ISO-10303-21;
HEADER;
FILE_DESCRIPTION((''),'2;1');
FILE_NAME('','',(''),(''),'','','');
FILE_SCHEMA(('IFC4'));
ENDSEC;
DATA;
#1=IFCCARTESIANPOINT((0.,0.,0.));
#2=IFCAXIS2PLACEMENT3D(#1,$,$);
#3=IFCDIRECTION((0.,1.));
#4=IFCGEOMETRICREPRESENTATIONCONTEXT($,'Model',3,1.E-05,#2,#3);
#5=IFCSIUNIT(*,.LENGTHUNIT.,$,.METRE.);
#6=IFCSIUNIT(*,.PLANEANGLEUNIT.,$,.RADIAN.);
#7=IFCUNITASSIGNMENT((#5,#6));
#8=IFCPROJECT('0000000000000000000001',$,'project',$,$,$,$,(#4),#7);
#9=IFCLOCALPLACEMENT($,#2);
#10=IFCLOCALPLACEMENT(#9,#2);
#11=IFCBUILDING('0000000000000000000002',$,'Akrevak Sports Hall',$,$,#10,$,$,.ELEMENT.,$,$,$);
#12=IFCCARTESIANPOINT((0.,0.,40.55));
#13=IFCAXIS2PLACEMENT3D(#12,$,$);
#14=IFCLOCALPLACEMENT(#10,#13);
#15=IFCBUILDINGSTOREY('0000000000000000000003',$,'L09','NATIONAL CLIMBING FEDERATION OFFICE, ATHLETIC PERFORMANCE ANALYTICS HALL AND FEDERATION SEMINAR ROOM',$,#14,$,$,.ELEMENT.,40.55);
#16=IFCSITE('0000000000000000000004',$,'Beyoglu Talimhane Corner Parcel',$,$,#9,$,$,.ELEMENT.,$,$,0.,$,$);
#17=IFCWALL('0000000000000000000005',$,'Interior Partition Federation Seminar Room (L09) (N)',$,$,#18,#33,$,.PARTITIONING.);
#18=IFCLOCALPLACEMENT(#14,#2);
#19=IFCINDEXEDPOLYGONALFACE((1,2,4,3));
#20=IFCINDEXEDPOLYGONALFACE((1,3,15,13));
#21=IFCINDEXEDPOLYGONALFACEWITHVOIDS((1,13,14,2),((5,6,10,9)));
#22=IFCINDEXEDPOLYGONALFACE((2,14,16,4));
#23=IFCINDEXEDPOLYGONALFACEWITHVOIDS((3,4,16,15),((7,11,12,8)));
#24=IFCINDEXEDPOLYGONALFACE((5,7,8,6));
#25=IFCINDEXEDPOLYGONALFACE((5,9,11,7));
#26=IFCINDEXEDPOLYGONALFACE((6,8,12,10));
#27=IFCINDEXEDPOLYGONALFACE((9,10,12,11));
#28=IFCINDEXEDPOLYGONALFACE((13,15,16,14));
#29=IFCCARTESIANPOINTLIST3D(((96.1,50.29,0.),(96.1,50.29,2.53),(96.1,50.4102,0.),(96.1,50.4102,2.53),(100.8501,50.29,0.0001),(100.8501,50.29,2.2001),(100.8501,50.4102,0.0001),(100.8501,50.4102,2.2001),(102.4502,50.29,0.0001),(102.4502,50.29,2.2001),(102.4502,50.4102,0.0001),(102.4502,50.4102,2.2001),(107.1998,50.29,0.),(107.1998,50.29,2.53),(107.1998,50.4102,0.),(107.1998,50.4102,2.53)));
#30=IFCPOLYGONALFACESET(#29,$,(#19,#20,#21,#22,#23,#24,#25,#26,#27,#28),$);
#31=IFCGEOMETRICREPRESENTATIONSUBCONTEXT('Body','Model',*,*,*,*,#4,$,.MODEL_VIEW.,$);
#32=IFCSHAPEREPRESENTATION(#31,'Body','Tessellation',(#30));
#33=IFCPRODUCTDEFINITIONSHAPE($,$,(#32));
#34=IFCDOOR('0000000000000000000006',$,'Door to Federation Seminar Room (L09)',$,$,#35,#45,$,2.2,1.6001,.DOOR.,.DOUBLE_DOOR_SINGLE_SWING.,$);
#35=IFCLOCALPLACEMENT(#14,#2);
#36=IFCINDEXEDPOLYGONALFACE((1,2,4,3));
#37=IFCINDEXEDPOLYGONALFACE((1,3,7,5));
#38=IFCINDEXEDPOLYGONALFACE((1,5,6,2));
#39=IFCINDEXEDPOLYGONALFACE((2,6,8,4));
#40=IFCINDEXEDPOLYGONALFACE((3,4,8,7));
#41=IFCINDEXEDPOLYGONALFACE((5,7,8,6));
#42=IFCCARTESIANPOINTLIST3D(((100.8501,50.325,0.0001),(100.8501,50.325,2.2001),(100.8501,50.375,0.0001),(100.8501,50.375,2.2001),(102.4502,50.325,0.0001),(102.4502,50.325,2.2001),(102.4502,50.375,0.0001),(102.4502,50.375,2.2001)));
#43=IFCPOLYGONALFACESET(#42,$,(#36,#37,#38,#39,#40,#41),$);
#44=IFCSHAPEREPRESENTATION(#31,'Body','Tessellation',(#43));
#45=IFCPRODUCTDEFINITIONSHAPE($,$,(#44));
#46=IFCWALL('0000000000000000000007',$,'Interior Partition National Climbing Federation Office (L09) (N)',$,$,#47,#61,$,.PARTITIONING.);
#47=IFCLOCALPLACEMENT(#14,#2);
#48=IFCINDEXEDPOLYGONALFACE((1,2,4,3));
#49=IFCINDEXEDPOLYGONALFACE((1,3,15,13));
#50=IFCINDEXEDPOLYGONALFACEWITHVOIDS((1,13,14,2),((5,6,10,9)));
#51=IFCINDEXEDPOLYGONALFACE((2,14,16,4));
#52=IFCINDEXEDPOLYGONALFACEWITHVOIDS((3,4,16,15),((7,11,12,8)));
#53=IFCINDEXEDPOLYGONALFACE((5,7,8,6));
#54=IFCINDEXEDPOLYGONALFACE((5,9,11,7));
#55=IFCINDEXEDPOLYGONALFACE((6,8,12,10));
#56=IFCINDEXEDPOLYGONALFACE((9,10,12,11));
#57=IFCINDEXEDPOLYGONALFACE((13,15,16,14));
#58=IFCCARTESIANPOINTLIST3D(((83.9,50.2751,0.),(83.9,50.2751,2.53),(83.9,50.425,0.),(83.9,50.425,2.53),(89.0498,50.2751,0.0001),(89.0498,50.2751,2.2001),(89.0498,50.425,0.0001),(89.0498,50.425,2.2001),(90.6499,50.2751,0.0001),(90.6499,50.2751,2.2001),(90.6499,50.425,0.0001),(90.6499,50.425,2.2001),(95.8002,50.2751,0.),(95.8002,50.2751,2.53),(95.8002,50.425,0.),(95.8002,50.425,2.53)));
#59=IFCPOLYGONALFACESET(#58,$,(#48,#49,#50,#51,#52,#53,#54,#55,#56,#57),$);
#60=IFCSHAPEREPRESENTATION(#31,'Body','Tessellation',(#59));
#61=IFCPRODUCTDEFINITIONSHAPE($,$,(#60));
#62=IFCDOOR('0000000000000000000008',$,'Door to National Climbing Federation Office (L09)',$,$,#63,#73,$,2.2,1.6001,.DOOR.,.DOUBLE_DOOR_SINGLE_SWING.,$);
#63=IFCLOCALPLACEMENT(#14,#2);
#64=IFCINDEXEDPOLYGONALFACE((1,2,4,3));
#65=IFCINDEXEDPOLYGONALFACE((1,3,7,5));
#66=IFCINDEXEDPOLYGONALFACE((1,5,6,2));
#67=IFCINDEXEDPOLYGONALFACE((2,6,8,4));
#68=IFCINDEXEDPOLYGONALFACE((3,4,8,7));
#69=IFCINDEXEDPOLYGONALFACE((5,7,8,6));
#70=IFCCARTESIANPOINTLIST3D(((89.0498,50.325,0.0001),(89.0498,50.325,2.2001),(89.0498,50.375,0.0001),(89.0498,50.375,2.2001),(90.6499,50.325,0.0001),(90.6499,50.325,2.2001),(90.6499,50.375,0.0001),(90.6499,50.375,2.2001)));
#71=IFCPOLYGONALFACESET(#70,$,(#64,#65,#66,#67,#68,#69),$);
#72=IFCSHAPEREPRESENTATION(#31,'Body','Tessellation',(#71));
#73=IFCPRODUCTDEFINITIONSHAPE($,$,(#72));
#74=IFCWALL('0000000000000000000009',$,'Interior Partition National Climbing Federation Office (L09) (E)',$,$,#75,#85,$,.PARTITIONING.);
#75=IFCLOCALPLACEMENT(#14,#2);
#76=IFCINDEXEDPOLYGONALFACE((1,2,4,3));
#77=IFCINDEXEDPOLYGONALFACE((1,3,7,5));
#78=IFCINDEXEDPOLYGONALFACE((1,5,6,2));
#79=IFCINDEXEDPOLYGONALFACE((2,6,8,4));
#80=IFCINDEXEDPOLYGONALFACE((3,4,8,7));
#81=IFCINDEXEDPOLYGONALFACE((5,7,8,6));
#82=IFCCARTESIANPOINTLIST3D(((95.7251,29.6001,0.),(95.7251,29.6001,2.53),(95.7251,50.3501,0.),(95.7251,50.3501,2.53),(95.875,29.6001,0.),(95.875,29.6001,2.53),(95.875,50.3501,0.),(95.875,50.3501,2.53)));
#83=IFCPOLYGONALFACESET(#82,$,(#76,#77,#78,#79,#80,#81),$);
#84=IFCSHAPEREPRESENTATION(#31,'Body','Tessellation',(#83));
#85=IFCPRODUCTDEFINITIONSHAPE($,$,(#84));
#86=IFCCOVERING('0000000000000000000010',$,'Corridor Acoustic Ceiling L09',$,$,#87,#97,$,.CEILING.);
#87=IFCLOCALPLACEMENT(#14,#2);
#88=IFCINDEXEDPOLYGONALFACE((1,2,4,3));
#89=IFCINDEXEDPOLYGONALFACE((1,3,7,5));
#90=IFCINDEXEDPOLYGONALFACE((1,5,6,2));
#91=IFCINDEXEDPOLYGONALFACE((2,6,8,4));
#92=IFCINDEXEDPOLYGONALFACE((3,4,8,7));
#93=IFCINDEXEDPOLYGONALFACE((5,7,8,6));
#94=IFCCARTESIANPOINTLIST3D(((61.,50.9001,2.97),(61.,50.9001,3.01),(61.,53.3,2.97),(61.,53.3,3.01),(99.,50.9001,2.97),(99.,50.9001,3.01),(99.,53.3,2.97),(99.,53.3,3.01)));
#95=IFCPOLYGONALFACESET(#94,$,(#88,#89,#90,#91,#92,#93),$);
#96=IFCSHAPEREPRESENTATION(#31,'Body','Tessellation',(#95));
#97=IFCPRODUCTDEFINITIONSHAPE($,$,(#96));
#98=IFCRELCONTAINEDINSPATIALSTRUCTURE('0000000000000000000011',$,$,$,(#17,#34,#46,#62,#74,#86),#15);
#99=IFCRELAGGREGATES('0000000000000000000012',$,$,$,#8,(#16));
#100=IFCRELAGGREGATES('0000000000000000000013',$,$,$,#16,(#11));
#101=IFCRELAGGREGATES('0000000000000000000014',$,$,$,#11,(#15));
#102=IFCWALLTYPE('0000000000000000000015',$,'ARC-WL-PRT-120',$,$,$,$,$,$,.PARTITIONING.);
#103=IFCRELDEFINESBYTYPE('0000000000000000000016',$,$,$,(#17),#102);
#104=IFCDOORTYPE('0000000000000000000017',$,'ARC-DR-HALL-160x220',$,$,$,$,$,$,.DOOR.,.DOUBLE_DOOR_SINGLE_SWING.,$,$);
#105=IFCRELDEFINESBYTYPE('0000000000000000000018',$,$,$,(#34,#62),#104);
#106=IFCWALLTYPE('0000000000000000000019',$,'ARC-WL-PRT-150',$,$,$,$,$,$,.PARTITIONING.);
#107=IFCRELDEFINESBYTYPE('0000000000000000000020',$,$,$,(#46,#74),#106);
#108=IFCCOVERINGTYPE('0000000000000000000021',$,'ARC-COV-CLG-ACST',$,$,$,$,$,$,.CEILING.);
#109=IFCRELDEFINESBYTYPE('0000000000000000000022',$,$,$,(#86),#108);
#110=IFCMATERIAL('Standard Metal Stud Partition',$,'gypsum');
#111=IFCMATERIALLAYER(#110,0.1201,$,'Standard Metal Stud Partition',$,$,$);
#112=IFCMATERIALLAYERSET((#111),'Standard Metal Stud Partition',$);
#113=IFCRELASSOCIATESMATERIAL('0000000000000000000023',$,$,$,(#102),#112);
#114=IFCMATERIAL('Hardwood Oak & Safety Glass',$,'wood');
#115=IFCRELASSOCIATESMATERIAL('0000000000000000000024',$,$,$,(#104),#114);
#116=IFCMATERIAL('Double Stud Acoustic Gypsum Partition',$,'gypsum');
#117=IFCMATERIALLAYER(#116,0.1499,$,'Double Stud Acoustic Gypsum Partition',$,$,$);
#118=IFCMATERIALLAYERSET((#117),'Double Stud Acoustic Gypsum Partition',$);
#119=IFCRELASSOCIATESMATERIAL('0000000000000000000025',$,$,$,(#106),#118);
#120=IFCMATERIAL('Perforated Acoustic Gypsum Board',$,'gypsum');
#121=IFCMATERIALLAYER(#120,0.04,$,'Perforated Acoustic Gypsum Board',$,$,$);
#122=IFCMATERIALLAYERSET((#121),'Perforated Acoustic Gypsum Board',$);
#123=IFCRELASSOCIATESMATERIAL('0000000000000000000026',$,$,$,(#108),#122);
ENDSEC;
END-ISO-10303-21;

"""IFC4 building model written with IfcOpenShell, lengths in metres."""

from ifc_helpers import new_model, si_unit, direction, frame, frame_2d, origin, origin_2d, place, context, subcontext, project, spatial, rectangle, extrude, material, layer, layer_set, type_object, element, fill, save


model = new_model("IFC4")

# Units and contexts
model_context = context("Model", 3, precision=1e-05, world=origin(), true_north=direction((0.0, 1.0)))
body_context = subcontext(model_context, "Body", "Model", "MODEL_VIEW")
ifc_project = project(units=[si_unit("LENGTHUNIT", "METRE"), si_unit("PLANEANGLEUNIT", "RADIAN")], contexts=[model_context])

# Site, building, storey
site_placement = place(None, origin())
site = spatial("IfcSite", under=ifc_project, at=site_placement, Name="Beyoglu Talimhane Corner Parcel", CompositionType="ELEMENT", RefElevation=0.0)
building_placement = place(site_placement, origin())
building = spatial("IfcBuilding", under=site, at=building_placement, Name="Akrevak Sports Hall", CompositionType="ELEMENT")
storey_placement = place(building_placement, frame((0.0, 0.0, 40.55)))
storey = spatial("IfcBuildingStorey", under=building, at=storey_placement, Name="L09", Description="NATIONAL CLIMBING FEDERATION OFFICE, ATHLETIC PERFORMANCE ANALYTICS HALL AND FEDERATION SEMINAR ROOM", CompositionType="ELEMENT", Elevation=40.55)

# Walls, openings, doors
ifc_material_1 = material(Name="Standard Metal Stud Partition", Category="gypsum")
ifc_layer_1 = layer(ifc_material_1, 0.1201, Name="Standard Metal Stud Partition")
ifc_layer_set_1 = layer_set([ifc_layer_1], Name="Standard Metal Stud Partition")
wall_type_1 = type_object("IfcWallType", Name="ARC-WL-PRT-120", PredefinedType="PARTITIONING", material=ifc_layer_set_1)
wall_1_placement = place(storey_placement, frame((96.1001, 50.3501, 0.0), z_axis=(0.0, 0.0, 1.0), x_axis=(1.0, 0.0, 0.0)))
wall_1 = element("IfcWall", 1, at=wall_1_placement, inside=storey, type_object=wall_type_1, Name="Interior Partition Federation Seminar Room (L09) (N)", PredefinedType="PARTITIONING", context=body_context, shape_type="SweptSolid", body=[
    extrude(rectangle(XDim=11.0999, YDim=0.1201, at=frame_2d((5.5498, 0.0))), origin(), (0.0, 0.0, 1.0), 2.53),
])
opening_1_placement = place(wall_1_placement, frame((4.75, 0.0, 0.0)))
opening_1 = element("IfcOpeningElement", 2, at=opening_1_placement, cuts=wall_1, PredefinedType="OPENING", context=body_context, shape_type="SweptSolid", body=[
    extrude(rectangle(XDim=1.6001, YDim=2.2, at=frame_2d((0.8, 1.1001))), frame((0.0, 0.072, 0.0), z_axis=(0.0, -1.0, 0.0), x_axis=(1.0, 0.0, 0.0)), (0.0, 0.0, 1.0), 0.144),
])
ifc_material_2 = material(Name="Hardwood Oak & Safety Glass", Category="wood")
door_type_1 = type_object("IfcDoorType", Name="ARC-DR-HALL-160x220", OperationType="DOUBLE_DOOR_SINGLE_SWING", PredefinedType="DOOR", material=ifc_material_2)
door_1_placement = place(opening_1_placement, origin())
door_1 = element("IfcDoor", 3, at=door_1_placement, inside=storey, type_object=door_type_1, Name="Door to Federation Seminar Room (L09)", OperationType="DOUBLE_DOOR_SINGLE_SWING", OverallHeight=2.2, OverallWidth=1.6001, PredefinedType="DOOR", context=body_context, shape_type="SweptSolid", body=[
    extrude(rectangle(XDim=1.6001, YDim=2.2, at=frame_2d((0.8, 1.1001))), frame((0.0, 0.0249, 0.0), z_axis=(0.0, -1.0, 0.0), x_axis=(1.0, 0.0, 0.0)), (0.0, 0.0, 1.0), 0.05),
])
fill(opening_1, door_1)
ifc_material_3 = material(Name="Double Stud Acoustic Gypsum Partition", Category="gypsum")
ifc_layer_2 = layer(ifc_material_3, 0.1499, Name="Double Stud Acoustic Gypsum Partition")
ifc_layer_set_2 = layer_set([ifc_layer_2], Name="Double Stud Acoustic Gypsum Partition")
wall_type_2 = type_object("IfcWallType", Name="ARC-WL-PRT-150", PredefinedType="PARTITIONING", material=ifc_layer_set_2)
wall_2_placement = place(storey_placement, frame((83.8999, 50.3501, 0.0), z_axis=(0.0, 0.0, 1.0), x_axis=(1.0, 0.0, 0.0)))
wall_2 = element("IfcWall", 4, at=wall_2_placement, inside=storey, type_object=wall_type_2, Name="Interior Partition National Climbing Federation Office (L09) (N)", PredefinedType="PARTITIONING", context=body_context, shape_type="SweptSolid", body=[
    extrude(rectangle(XDim=11.9001, YDim=0.1499, at=frame_2d((5.9502, 0.0))), origin(), (0.0, 0.0, 1.0), 2.53),
])
opening_2_placement = place(wall_2_placement, frame((5.1499, 0.0, 0.0)))
opening_2 = element("IfcOpeningElement", 5, at=opening_2_placement, cuts=wall_2, PredefinedType="OPENING", context=body_context, shape_type="SweptSolid", body=[
    extrude(rectangle(XDim=1.6001, YDim=2.2, at=frame_2d((0.8, 1.1001))), frame((0.0, 0.0869, 0.0), z_axis=(0.0, -1.0, 0.0), x_axis=(1.0, 0.0, 0.0)), (0.0, 0.0, 1.0), 0.1738),
])
door_2_placement = place(opening_2_placement, origin())
door_2 = element("IfcDoor", 6, at=door_2_placement, inside=storey, type_object=door_type_1, Name="Door to National Climbing Federation Office (L09)", OperationType="DOUBLE_DOOR_SINGLE_SWING", OverallHeight=2.2, OverallWidth=1.6001, PredefinedType="DOOR", context=body_context, shape_type="SweptSolid", body=[
    extrude(rectangle(XDim=1.6001, YDim=2.2, at=frame_2d((0.8, 1.1001))), frame((0.0, 0.0249, 0.0), z_axis=(0.0, -1.0, 0.0), x_axis=(1.0, 0.0, 0.0)), (0.0, 0.0, 1.0), 0.05),
])
fill(opening_2, door_2)

# Wall
wall_3_placement = place(storey_placement, frame((95.8, 29.6001, 0.0), z_axis=(0.0, 0.0, 1.0), x_axis=(0.0, 1.0, 0.0)))
element("IfcWall", 7, at=wall_3_placement, inside=storey, type_object=wall_type_2, Name="Interior Partition National Climbing Federation Office (L09) (E)", PredefinedType="PARTITIONING", context=body_context, shape_type="SweptSolid", body=[
    extrude(rectangle(XDim=20.75, YDim=0.1499, at=frame_2d((10.375, 0.0))), origin(), (0.0, 0.0, 1.0), 2.53),
])

# Covering
ifc_material_4 = material(Name="Perforated Acoustic Gypsum Board", Category="gypsum")
ifc_layer_3 = layer(ifc_material_4, 0.04, Name="Perforated Acoustic Gypsum Board")
ifc_layer_set_3 = layer_set([ifc_layer_3], Name="Perforated Acoustic Gypsum Board")
covering_type = type_object("IfcCoveringType", Name="ARC-COV-CLG-ACST", PredefinedType="CEILING", material=ifc_layer_set_3)
covering_placement = place(storey_placement, frame((80.0, 52.1001, 2.97), z_axis=(0.0, 0.0, 1.0), x_axis=(1.0, 0.0, 0.0)))
element("IfcCovering", 8, at=covering_placement, inside=storey, type_object=covering_type, Name="Corridor Acoustic Ceiling L09", PredefinedType="CEILING", context=body_context, shape_type="SweptSolid", body=[
    extrude(rectangle(XDim=38.0, YDim=2.3999, at=origin_2d()), origin(), (0.0, 0.0, 1.0), 0.04),
])

save(model, "model.ifc")
